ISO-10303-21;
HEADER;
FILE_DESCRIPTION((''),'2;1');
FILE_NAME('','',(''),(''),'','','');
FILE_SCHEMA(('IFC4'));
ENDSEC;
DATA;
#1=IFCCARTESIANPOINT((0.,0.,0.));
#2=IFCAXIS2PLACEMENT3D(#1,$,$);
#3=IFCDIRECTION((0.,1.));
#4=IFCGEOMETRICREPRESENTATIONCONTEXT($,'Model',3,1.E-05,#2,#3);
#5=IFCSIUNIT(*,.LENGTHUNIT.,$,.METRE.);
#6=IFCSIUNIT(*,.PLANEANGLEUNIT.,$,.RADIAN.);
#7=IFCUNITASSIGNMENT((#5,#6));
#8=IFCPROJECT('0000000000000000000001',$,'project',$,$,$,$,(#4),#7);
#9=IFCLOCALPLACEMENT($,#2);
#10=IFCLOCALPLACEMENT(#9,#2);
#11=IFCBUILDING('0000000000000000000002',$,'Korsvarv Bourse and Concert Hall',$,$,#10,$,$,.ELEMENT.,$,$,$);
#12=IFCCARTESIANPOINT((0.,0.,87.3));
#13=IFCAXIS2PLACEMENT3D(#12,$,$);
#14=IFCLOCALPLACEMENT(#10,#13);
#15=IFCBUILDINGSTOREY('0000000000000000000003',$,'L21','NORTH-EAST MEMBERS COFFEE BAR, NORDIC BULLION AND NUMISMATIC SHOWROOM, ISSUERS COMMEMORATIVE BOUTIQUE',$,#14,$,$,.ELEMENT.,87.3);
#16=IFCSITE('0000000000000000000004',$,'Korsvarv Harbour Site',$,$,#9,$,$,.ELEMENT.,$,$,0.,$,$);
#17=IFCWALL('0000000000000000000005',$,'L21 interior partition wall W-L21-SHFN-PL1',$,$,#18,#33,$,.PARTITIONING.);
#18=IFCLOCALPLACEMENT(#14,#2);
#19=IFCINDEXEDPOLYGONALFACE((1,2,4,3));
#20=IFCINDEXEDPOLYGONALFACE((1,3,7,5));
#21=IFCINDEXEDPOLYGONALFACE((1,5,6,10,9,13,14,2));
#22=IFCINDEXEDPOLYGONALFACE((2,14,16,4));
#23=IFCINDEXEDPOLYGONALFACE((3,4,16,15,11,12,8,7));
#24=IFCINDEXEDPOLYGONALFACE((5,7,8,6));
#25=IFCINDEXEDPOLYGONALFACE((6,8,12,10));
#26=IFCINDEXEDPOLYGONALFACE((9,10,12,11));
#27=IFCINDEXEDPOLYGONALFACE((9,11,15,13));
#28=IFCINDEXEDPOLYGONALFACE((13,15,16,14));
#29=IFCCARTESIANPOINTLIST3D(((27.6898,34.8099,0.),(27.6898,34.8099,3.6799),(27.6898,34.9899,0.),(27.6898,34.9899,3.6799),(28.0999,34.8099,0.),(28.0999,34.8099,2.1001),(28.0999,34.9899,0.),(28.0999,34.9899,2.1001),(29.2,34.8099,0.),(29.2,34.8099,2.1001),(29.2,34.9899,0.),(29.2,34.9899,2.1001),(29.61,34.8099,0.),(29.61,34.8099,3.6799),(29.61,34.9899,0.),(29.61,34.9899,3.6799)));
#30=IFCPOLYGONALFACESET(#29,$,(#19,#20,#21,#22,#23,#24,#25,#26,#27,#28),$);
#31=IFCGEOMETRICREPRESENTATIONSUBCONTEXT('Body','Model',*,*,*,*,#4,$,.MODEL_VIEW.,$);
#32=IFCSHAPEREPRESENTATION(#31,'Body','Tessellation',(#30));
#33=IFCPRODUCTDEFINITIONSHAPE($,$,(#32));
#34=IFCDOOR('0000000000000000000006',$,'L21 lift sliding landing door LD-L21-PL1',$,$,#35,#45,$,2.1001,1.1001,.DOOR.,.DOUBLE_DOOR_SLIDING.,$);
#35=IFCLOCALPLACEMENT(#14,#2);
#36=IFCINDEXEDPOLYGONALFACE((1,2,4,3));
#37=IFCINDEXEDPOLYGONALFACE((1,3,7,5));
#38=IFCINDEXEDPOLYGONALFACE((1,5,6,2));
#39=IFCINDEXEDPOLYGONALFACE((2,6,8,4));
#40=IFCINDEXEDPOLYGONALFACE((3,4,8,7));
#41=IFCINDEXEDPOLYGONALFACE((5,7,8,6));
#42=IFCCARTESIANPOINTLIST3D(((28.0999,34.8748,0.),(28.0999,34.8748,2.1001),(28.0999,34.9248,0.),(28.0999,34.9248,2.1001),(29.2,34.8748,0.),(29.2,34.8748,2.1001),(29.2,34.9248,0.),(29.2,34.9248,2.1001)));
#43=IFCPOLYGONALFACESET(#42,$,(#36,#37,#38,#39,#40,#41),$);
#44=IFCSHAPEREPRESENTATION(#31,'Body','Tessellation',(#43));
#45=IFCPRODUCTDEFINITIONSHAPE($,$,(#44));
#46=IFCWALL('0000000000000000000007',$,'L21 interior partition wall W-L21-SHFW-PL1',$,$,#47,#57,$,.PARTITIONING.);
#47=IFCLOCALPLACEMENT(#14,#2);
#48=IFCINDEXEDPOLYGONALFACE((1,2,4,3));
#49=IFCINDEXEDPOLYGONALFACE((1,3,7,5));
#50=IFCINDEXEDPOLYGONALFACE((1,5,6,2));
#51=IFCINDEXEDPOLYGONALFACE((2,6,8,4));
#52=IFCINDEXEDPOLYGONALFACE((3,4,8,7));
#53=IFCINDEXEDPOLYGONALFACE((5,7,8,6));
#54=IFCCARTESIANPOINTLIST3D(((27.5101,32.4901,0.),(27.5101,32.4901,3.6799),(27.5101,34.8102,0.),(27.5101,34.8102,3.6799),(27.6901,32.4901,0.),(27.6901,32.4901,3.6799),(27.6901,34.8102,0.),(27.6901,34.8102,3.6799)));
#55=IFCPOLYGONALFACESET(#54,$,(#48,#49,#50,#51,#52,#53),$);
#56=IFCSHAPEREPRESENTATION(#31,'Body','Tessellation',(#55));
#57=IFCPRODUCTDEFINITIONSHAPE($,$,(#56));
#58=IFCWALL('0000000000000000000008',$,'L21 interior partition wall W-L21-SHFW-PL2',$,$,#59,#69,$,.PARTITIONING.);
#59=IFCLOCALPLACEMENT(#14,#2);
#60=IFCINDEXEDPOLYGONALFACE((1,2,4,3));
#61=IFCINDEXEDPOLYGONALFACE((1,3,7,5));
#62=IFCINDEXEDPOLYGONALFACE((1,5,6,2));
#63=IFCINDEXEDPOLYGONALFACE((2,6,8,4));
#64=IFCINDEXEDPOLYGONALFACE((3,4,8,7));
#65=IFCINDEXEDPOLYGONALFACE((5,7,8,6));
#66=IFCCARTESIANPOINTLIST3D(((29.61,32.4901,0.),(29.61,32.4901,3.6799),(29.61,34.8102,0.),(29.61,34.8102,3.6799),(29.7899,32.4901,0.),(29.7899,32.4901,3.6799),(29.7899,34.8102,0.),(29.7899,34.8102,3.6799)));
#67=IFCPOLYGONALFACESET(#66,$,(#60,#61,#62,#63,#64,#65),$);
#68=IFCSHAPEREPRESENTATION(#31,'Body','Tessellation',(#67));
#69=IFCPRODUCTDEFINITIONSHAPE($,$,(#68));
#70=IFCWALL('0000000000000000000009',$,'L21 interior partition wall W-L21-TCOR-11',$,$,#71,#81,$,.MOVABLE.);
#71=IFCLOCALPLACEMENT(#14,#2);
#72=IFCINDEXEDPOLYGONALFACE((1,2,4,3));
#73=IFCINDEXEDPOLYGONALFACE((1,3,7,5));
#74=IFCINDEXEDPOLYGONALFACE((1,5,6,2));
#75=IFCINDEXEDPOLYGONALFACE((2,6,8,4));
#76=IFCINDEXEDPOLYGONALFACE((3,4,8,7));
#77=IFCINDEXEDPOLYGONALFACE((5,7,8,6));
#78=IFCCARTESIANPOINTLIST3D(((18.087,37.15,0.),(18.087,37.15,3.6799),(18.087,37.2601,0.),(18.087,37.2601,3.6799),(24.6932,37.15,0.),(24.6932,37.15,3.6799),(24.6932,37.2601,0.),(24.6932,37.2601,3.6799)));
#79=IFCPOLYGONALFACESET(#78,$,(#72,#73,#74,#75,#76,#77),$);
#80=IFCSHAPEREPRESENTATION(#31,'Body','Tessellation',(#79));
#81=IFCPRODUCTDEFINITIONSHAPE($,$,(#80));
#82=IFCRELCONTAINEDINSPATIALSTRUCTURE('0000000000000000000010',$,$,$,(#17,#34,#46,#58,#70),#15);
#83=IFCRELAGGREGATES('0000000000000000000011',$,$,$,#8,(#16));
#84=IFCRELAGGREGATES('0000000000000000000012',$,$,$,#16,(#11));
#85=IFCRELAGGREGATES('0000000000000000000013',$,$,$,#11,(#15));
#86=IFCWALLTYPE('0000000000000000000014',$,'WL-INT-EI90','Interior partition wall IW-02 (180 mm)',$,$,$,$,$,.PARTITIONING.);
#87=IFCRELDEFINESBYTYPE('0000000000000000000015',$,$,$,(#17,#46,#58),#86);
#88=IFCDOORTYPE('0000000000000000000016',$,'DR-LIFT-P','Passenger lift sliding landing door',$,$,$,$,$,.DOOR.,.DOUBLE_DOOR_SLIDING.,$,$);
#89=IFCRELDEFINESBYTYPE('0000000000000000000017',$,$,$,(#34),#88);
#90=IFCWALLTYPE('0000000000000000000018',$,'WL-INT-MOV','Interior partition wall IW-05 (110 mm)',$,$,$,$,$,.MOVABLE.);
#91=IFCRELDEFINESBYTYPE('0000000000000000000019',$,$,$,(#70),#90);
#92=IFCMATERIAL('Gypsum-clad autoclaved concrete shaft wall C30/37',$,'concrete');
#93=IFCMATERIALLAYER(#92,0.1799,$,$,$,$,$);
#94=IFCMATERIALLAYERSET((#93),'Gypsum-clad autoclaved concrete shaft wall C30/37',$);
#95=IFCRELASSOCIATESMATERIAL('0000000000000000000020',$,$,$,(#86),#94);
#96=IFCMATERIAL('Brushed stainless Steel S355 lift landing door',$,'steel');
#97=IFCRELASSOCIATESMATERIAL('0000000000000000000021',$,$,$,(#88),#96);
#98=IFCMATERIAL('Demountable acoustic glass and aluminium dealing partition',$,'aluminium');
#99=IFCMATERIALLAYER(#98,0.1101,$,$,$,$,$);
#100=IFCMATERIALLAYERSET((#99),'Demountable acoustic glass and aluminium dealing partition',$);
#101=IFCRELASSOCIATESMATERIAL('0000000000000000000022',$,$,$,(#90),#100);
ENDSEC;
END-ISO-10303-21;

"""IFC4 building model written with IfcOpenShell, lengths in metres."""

from ifc_helpers import new_model, si_unit, direction, frame, frame_2d, origin, place, context, subcontext, project, spatial, rectangle, extrude, material, layer, layer_set, type_object, element, fill, save


model = new_model("IFC4")

# Units and contexts
model_context = context("Model", 3, precision=1e-05, world=origin(), true_north=direction((0.0, 1.0)))
body_context = subcontext(model_context, "Body", "Model", "MODEL_VIEW")
ifc_project = project(units=[si_unit("LENGTHUNIT", "METRE"), si_unit("PLANEANGLEUNIT", "RADIAN")], contexts=[model_context])

# Site, building, storey
site_placement = place(None, origin())
site = spatial("IfcSite", under=ifc_project, at=site_placement, Name="Korsvarv Harbour Site", CompositionType="ELEMENT", RefElevation=0.0)
building_placement = place(site_placement, origin())
building = spatial("IfcBuilding", under=site, at=building_placement, Name="Korsvarv Bourse and Concert Hall", CompositionType="ELEMENT")
storey_placement = place(building_placement, frame((0.0, 0.0, 87.3)))
storey = spatial("IfcBuildingStorey", under=building, at=storey_placement, Name="L21", Description="NORTH-EAST MEMBERS COFFEE BAR, NORDIC BULLION AND NUMISMATIC SHOWROOM, ISSUERS COMMEMORATIVE BOUTIQUE", CompositionType="ELEMENT", Elevation=87.3)

# Wall, opening, door
ifc_material_1 = material(Name="Gypsum-clad autoclaved concrete shaft wall C30/37", Category="concrete")
ifc_layer_1 = layer(ifc_material_1, 0.1799)
ifc_layer_set_1 = layer_set([ifc_layer_1], Name="Gypsum-clad autoclaved concrete shaft wall C30/37")
wall_type_1 = type_object("IfcWallType", Name="WL-INT-EI90", Description="Interior partition wall IW-02 (180 mm)", PredefinedType="PARTITIONING", material=ifc_layer_set_1)
wall_1_placement = place(storey_placement, frame((27.6899, 34.8999, 0.0), z_axis=(0.0, 0.0, 1.0), x_axis=(1.0, 0.0, 0.0)))
wall_1 = element("IfcWall", 1, at=wall_1_placement, inside=storey, type_object=wall_type_1, Name="L21 interior partition wall W-L21-SHFN-PL1", PredefinedType="PARTITIONING", context=body_context, shape_type="SweptSolid", body=[
    extrude(rectangle(XDim=1.9202, YDim=0.1799, at=frame_2d((0.96, 0.0))), origin(), (0.0, 0.0, 1.0), 3.6799),
])
opening_1_placement = place(wall_1_placement, frame((0.4099, 0.0, 0.0)))
opening_1 = element("IfcOpeningElement", 2, at=opening_1_placement, cuts=wall_1, PredefinedType="OPENING", context=body_context, shape_type="SweptSolid", body=[
    extrude(rectangle(XDim=1.1001, YDim=2.1001, at=frame_2d((0.55, 1.05))), frame((0.0, 0.1001, 0.0), z_axis=(0.0, -1.0, 0.0), x_axis=(1.0, 0.0, 0.0)), (0.0, 0.0, 1.0), 0.2),
])
ifc_material_2 = material(Name="Brushed stainless Steel S355 lift landing door", Category="steel")
door_type_1 = type_object("IfcDoorType", Name="DR-LIFT-P", Description="Passenger lift sliding landing door", OperationType="DOUBLE_DOOR_SLIDING", PredefinedType="DOOR", material=ifc_material_2)
door_1_placement = place(opening_1_placement, origin())
door_1 = element("IfcDoor", 3, at=door_1_placement, inside=storey, type_object=door_type_1, Name="L21 lift sliding landing door LD-L21-PL1", OperationType="DOUBLE_DOOR_SLIDING", OverallHeight=2.1001, OverallWidth=1.1001, PredefinedType="DOOR", context=body_context, shape_type="SweptSolid", body=[
    extrude(rectangle(XDim=1.1001, YDim=2.1001, at=frame_2d((0.55, 1.05))), frame((0.0, 0.0249, 0.0), z_axis=(0.0, -1.0, 0.0), x_axis=(1.0, 0.0, 0.0)), (0.0, 0.0, 1.0), 0.05),
])
fill(opening_1, door_1)

# Walls
for number, where, z_axis, x_axis, name in (
    (4, (27.6001, 32.49, 0.0), (0.0, 0.0, 1.0), (0.0, 1.0, 0.0), "L21 interior partition wall W-L21-SHFW-PL1"),
    (5, (29.7, 32.49, 0.0), (0.0, 0.0, 1.0), (0.0, 1.0, 0.0), "L21 interior partition wall W-L21-SHFW-PL2"),
):
    element("IfcWall", number, at=place(storey_placement, frame(where, z_axis=z_axis, x_axis=x_axis)), inside=storey, type_object=wall_type_1, Name=name, PredefinedType="PARTITIONING", context=body_context, shape_type="SweptSolid", body=[
        extrude(rectangle(XDim=2.3201, YDim=0.1799, at=frame_2d((1.1602, 0.0))), origin(), (0.0, 0.0, 1.0), 3.6799),
    ])
ifc_material_3 = material(Name="Demountable acoustic glass and aluminium dealing partition", Category="aluminium")
ifc_layer_2 = layer(ifc_material_3, 0.1101)
ifc_layer_set_2 = layer_set([ifc_layer_2], Name="Demountable acoustic glass and aluminium dealing partition")
wall_type_2 = type_object("IfcWallType", Name="WL-INT-MOV", Description="Interior partition wall IW-05 (110 mm)", PredefinedType="MOVABLE", material=ifc_layer_set_2)
wall_2_placement = place(storey_placement, frame((18.0869, 37.2051, 0.0), z_axis=(0.0, 0.0, 1.0), x_axis=(1.0, 0.0, 0.0)))
element("IfcWall", 6, at=wall_2_placement, inside=storey, type_object=wall_type_2, Name="L21 interior partition wall W-L21-TCOR-11", PredefinedType="MOVABLE", context=body_context, shape_type="SweptSolid", body=[
    extrude(rectangle(XDim=6.6062, YDim=0.1101, at=frame_2d((3.3032, 0.0))), origin(), (0.0, 0.0, 1.0), 3.6799),
])

save(model, "model.ifc")
